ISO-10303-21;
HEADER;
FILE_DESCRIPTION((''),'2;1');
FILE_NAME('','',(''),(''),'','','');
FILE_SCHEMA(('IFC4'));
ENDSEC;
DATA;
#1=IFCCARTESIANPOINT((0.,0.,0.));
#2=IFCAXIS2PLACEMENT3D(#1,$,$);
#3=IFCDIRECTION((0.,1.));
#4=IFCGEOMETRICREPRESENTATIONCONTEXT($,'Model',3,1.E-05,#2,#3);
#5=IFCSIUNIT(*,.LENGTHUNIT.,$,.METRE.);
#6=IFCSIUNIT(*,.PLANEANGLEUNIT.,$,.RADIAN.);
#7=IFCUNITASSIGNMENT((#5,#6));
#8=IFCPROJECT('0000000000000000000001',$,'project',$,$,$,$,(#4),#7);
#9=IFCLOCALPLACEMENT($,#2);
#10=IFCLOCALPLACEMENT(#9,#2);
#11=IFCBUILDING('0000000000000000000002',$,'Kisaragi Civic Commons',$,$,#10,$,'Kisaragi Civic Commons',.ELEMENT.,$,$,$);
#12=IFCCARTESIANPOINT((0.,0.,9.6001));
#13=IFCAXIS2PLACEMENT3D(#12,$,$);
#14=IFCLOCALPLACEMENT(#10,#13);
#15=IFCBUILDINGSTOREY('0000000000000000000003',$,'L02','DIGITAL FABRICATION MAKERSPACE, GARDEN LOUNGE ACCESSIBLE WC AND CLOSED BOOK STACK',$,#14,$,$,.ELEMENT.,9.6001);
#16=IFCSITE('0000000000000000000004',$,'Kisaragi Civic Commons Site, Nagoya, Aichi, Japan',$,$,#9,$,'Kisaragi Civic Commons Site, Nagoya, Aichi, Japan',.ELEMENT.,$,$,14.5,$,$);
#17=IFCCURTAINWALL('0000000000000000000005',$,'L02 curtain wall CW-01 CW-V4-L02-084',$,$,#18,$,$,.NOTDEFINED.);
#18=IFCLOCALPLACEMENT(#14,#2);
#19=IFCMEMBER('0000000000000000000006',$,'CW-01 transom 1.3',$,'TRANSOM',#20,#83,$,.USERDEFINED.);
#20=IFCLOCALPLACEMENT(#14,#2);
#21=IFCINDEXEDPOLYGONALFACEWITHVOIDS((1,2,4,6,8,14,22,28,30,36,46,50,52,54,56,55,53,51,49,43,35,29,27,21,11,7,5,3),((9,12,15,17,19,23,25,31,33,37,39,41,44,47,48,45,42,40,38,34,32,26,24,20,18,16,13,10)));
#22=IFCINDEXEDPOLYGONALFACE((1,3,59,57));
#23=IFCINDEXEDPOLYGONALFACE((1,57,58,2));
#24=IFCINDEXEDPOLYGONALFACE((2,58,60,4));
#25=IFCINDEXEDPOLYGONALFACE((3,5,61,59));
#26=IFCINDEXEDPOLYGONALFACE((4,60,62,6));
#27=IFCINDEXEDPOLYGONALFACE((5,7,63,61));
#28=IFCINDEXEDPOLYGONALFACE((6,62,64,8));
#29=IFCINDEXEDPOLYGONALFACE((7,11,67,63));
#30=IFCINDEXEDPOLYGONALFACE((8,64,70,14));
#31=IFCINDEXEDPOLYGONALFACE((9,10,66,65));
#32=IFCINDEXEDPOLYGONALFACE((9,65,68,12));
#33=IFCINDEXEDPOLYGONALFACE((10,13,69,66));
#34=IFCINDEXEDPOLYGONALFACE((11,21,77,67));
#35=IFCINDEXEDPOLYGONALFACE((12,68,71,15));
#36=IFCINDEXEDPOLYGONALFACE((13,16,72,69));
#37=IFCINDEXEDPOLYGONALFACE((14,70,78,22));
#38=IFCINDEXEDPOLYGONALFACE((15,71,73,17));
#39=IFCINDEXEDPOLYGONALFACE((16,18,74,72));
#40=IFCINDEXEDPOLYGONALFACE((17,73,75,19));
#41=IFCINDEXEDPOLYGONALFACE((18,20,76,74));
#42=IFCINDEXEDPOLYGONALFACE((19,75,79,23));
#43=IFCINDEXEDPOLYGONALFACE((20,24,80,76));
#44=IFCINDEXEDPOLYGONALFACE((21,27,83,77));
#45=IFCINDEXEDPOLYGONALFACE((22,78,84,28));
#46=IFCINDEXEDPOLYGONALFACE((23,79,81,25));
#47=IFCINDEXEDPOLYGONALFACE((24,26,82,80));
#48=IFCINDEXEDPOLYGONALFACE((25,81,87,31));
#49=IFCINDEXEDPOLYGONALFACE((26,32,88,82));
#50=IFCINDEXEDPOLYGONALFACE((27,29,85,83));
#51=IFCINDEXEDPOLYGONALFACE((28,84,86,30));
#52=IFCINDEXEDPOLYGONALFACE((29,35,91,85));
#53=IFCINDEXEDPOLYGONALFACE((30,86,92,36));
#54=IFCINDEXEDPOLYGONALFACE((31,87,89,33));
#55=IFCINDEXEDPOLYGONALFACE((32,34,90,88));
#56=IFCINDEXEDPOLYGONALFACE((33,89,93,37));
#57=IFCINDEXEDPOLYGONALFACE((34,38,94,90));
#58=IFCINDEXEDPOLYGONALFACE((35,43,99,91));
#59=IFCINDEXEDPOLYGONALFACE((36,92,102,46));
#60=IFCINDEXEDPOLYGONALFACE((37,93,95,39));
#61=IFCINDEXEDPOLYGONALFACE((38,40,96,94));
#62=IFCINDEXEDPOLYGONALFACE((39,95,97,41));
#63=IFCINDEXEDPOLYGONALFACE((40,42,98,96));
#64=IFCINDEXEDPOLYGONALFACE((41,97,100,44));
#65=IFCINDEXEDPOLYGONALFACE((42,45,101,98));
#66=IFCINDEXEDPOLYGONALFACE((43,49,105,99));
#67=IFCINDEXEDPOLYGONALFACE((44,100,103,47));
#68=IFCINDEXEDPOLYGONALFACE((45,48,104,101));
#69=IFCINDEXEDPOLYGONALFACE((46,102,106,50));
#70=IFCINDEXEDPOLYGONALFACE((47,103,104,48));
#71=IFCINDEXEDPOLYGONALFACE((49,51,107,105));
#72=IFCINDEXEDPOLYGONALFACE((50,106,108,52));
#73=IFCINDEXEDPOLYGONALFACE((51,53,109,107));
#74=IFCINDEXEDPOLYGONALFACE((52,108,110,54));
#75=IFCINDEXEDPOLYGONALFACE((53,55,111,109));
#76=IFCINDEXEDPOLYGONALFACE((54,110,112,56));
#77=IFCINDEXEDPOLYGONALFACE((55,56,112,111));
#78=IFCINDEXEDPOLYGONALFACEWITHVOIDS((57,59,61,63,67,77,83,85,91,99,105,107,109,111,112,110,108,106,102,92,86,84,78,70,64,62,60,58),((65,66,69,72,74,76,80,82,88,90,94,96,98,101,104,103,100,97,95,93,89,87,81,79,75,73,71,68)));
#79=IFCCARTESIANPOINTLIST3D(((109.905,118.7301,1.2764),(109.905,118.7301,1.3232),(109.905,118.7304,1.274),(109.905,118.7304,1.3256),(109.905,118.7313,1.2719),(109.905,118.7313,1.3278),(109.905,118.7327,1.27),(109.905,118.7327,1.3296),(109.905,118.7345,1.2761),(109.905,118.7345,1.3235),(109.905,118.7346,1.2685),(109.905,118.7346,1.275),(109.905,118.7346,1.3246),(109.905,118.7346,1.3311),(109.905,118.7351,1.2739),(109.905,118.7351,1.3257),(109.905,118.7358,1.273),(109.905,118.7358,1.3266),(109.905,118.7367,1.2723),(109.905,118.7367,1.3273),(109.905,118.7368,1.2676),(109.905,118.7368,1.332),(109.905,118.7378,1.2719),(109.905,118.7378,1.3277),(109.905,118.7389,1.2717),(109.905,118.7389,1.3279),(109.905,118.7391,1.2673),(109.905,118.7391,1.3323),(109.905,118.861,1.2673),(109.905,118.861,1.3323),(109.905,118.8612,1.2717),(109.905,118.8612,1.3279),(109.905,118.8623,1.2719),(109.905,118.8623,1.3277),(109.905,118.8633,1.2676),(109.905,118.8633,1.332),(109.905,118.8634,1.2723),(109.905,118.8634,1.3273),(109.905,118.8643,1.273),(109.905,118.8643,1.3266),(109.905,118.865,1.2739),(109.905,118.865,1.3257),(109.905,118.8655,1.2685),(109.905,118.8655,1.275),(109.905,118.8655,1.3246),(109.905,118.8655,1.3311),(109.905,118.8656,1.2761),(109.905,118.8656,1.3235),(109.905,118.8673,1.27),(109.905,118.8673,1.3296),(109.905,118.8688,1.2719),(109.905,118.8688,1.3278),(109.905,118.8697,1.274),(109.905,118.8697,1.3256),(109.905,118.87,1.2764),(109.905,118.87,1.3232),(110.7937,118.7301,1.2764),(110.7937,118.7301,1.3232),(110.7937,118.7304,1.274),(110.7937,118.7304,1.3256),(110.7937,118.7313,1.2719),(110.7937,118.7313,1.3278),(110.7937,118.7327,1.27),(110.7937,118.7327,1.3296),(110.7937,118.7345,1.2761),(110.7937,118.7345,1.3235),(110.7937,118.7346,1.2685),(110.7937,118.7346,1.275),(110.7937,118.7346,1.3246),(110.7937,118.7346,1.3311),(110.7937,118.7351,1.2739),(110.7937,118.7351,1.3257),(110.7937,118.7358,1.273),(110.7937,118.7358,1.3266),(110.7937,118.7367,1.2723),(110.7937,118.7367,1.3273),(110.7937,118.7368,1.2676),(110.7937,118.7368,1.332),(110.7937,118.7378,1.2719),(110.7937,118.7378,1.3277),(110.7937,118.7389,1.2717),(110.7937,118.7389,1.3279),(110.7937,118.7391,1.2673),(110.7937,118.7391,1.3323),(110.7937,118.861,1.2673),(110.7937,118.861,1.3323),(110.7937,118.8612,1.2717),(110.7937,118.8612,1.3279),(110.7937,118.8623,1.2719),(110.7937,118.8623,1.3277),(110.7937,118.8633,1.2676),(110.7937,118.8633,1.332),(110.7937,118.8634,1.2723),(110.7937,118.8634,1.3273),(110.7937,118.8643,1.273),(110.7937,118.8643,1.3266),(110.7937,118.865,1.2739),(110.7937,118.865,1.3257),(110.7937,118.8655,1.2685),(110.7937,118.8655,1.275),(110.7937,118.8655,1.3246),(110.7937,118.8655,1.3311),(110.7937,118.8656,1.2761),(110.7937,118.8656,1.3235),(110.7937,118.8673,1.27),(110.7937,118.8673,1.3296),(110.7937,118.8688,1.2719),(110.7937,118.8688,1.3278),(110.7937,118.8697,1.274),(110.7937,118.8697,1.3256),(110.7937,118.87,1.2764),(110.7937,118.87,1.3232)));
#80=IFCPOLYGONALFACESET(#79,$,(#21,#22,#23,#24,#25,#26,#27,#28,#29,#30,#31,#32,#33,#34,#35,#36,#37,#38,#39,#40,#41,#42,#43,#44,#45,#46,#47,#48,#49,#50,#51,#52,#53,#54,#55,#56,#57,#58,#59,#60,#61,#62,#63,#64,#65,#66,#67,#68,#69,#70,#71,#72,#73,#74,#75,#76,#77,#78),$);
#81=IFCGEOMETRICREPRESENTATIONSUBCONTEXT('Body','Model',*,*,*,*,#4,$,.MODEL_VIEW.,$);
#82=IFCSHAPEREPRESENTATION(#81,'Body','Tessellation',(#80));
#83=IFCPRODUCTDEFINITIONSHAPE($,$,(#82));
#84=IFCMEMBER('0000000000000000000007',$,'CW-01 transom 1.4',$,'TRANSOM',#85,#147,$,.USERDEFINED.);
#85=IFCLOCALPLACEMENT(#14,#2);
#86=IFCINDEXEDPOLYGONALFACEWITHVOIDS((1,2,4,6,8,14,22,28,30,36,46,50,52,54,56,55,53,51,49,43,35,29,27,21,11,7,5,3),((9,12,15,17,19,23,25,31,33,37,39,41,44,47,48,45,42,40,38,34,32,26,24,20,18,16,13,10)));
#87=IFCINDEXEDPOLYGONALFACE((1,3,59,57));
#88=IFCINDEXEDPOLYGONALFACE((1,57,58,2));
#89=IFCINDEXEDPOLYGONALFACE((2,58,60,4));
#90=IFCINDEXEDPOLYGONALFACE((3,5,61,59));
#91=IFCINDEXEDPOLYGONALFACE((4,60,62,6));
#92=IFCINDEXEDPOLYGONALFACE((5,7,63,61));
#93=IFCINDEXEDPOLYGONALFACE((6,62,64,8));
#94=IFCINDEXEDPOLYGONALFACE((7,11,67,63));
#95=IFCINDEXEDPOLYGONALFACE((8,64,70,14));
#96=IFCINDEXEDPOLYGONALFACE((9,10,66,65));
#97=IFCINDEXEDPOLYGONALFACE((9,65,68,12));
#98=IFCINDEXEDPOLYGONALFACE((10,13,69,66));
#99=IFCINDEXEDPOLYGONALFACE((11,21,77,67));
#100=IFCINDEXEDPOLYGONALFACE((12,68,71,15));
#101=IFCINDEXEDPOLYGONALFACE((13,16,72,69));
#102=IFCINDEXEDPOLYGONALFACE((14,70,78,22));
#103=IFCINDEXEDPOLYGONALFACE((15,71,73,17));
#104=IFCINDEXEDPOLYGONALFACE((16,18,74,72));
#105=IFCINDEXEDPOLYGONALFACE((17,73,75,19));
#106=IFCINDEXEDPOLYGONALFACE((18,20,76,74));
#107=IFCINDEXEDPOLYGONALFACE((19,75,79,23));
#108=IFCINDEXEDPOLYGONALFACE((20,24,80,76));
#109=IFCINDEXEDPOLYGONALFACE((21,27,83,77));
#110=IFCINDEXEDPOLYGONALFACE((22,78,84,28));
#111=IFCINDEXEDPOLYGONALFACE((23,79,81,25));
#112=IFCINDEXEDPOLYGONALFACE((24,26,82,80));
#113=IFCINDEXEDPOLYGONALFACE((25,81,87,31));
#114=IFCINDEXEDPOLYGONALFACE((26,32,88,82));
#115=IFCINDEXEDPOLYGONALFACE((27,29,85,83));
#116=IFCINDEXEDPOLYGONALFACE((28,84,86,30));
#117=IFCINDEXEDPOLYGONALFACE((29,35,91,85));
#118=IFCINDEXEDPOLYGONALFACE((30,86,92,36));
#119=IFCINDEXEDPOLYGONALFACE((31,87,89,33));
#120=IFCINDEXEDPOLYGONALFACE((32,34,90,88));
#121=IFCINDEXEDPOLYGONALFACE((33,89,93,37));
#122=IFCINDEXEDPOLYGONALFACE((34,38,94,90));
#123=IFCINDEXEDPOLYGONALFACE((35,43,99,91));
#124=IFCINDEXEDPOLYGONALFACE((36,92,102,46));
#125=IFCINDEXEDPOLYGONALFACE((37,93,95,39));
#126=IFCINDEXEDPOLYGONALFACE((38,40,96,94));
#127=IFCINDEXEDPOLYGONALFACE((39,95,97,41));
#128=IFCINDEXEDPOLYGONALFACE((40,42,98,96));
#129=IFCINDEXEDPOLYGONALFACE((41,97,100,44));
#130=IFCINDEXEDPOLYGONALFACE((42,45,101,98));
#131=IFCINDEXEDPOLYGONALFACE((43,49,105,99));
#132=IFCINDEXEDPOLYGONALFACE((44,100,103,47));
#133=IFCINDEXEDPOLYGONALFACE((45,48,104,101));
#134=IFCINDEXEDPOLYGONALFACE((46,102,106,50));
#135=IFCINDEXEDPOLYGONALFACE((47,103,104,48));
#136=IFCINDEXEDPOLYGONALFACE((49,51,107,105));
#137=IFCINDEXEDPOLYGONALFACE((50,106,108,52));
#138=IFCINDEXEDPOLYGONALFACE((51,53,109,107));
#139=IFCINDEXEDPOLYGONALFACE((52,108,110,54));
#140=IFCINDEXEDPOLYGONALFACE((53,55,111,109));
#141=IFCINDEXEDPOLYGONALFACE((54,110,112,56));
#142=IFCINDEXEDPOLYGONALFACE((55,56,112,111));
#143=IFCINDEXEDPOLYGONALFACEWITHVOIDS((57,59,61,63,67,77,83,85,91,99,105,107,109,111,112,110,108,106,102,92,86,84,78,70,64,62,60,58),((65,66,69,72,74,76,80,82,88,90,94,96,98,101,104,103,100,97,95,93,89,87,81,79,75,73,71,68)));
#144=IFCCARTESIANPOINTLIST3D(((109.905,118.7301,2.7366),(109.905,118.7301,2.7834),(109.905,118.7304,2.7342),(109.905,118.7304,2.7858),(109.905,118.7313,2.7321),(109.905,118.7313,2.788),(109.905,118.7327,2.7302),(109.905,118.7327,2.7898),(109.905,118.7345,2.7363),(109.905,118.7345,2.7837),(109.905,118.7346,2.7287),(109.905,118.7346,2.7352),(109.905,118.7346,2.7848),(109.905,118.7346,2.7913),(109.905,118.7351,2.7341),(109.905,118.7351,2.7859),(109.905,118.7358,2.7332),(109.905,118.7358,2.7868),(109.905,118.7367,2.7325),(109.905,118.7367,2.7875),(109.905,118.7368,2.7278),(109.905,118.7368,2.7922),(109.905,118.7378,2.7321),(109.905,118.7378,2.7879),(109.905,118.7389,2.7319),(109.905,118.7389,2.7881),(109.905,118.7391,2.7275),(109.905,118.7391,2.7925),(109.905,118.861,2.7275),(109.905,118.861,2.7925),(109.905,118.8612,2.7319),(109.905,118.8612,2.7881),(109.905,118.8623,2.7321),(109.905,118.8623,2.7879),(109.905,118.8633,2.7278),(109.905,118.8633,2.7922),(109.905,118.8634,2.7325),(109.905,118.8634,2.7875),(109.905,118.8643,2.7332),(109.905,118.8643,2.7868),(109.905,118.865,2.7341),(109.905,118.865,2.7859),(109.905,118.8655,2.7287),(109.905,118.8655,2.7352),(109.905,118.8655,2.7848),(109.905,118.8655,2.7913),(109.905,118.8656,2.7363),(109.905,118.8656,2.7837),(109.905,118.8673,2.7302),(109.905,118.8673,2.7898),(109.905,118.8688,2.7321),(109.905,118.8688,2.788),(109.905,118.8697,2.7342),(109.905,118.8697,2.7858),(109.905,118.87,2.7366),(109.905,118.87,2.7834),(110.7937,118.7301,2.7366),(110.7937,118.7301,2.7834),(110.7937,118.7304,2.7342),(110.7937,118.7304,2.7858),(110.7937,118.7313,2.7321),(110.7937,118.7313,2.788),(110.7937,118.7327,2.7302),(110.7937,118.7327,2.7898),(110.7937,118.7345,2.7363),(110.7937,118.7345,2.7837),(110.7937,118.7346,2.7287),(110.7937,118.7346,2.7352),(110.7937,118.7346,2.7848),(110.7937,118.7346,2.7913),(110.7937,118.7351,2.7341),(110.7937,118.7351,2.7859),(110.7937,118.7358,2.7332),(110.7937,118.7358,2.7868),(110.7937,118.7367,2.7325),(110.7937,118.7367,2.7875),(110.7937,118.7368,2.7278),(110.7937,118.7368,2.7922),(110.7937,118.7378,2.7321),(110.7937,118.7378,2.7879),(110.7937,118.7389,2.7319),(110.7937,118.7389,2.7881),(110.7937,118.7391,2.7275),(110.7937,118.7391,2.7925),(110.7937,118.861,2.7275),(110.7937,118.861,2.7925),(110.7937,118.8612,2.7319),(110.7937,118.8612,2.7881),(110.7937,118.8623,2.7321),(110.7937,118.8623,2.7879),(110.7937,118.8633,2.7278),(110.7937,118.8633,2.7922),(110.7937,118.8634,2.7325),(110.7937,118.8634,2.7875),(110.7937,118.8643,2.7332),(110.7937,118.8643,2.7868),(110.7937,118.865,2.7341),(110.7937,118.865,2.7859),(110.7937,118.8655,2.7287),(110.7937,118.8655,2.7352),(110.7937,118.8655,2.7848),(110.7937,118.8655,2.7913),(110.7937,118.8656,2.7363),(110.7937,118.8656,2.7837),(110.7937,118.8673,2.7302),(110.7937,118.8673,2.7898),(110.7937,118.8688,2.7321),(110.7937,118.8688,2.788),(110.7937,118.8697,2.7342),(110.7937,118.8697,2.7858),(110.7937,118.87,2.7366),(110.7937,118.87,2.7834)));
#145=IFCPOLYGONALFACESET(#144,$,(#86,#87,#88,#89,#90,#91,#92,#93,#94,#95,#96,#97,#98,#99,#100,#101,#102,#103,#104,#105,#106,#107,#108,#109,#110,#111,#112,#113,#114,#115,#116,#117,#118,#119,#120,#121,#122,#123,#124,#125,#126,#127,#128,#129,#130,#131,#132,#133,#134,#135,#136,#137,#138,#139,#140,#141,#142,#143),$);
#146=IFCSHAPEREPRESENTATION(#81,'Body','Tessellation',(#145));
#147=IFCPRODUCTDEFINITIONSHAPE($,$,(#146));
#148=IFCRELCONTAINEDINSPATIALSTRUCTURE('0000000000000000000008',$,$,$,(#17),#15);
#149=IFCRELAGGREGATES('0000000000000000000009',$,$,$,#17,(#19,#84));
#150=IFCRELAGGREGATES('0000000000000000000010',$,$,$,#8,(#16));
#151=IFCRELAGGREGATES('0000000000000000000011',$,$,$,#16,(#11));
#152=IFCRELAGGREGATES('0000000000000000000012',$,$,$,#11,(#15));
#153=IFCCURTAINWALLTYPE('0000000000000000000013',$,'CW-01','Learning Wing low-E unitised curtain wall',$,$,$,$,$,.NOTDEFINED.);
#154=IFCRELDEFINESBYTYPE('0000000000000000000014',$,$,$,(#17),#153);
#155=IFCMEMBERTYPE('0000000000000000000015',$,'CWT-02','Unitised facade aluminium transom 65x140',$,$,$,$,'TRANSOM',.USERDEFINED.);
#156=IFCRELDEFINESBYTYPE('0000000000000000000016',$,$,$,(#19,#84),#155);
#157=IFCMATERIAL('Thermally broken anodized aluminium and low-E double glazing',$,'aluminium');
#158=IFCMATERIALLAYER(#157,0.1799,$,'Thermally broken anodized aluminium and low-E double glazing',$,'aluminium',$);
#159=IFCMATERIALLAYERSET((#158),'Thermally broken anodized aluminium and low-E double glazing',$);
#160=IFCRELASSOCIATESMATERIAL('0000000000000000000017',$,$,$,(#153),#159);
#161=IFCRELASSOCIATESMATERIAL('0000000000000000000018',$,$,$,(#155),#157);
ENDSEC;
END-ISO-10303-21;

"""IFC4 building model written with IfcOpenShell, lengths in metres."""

from ifc_helpers import new_model, si_unit, direction, frame, origin, origin_2d, place, context, subcontext, project, spatial, hollow_rectangle, extrude, material, layer, layer_set, material_profile, profile_set, type_object, element, aggregate, save


model = new_model("IFC4")

# Units and contexts
model_context = context("Model", 3, precision=1e-05, world=origin(), true_north=direction((0.0, 1.0)))
body_context = subcontext(model_context, "Body", "Model", "MODEL_VIEW")
ifc_project = project(units=[si_unit("LENGTHUNIT", "METRE"), si_unit("PLANEANGLEUNIT", "RADIAN")], contexts=[model_context])

# Site, building, storey
site_placement = place(None, origin())
site = spatial("IfcSite", under=ifc_project, at=site_placement, Name="Kisaragi Civic Commons Site, Nagoya, Aichi, Japan", LongName="Kisaragi Civic Commons Site, Nagoya, Aichi, Japan", CompositionType="ELEMENT", RefElevation=14.5)
building_placement = place(site_placement, origin())
building = spatial("IfcBuilding", under=site, at=building_placement, Name="Kisaragi Civic Commons", LongName="Kisaragi Civic Commons", CompositionType="ELEMENT")
storey_placement = place(building_placement, frame((0.0, 0.0, 9.6001)))
storey = spatial("IfcBuildingStorey", under=building, at=storey_placement, Name="L02", Description="DIGITAL FABRICATION MAKERSPACE, GARDEN LOUNGE ACCESSIBLE WC AND CLOSED BOOK STACK", CompositionType="ELEMENT", Elevation=9.6001)

# Curtain wall
ifc_material = material(Name="Thermally broken anodized aluminium and low-E double glazing", Category="aluminium")
ifc_layer_1 = layer(ifc_material, 0.1799, Name="Thermally broken anodized aluminium and low-E double glazing", Category="aluminium")
ifc_layer_set_1 = layer_set([ifc_layer_1], Name="Thermally broken anodized aluminium and low-E double glazing")
curtain_wall_type = type_object("IfcCurtainWallType", Name="CW-01", Description="Learning Wing low-E unitised curtain wall", PredefinedType="NOTDEFINED", material=ifc_layer_set_1)
curtain_wall_1_placement = place(storey_placement, origin())
curtain_wall_1 = element("IfcCurtainWall", 1, at=curtain_wall_1_placement, inside=storey, type_object=curtain_wall_type, Name="L02 curtain wall CW-01 CW-V4-L02-084", PredefinedType="NOTDEFINED")

# Members
ifc_material_profile_1 = material_profile(ifc_material, hollow_rectangle(XDim=0.1399, YDim=0.0649, WallThickness=0.0044, InnerFilletRadius=0.0044, OuterFilletRadius=0.009, at=origin_2d()), Name="CWT-65x140x4.5", Category="aluminium")
ifc_profile_set_1 = profile_set([ifc_material_profile_1], Name="Thermally broken anodized aluminium and low-E double glazing")
member_type_1 = type_object("IfcMemberType", Name="CWT-02", Description="Unitised facade aluminium transom 65x140", ElementType="TRANSOM", PredefinedType="USERDEFINED", material=ifc_profile_set_1)
member_1_placement = place(storey_placement, frame((109.905, 118.8, 1.2998), z_axis=(1.0, 0.0, 0.0), x_axis=(0.0, 1.0, 0.0)))
member_1 = element("IfcMember", 2, at=member_1_placement, type_object=member_type_1, Name="CW-01 transom 1.3", ObjectType="TRANSOM", PredefinedType="USERDEFINED", context=body_context, shape_type="SweptSolid", body=[
    extrude(hollow_rectangle(XDim=0.1399, YDim=0.0649, WallThickness=0.0044, InnerFilletRadius=0.0044, OuterFilletRadius=0.009, at=origin_2d()), origin(), (0.0, 0.0, 1.0), 0.8887),
])
member_2_placement = place(storey_placement, frame((109.905, 118.8, 2.76), z_axis=(1.0, 0.0, 0.0), x_axis=(0.0, 1.0, 0.0)))
member_2 = element("IfcMember", 3, at=member_2_placement, type_object=member_type_1, Name="CW-01 transom 1.4", ObjectType="TRANSOM", PredefinedType="USERDEFINED", context=body_context, shape_type="SweptSolid", body=[
    extrude(hollow_rectangle(XDim=0.1399, YDim=0.0649, WallThickness=0.0044, InnerFilletRadius=0.0044, OuterFilletRadius=0.009, at=origin_2d()), origin(), (0.0, 0.0, 1.0), 0.8887),
])

aggregate(curtain_wall_1, [member_1, member_2])

save(model, "model.ifc")
